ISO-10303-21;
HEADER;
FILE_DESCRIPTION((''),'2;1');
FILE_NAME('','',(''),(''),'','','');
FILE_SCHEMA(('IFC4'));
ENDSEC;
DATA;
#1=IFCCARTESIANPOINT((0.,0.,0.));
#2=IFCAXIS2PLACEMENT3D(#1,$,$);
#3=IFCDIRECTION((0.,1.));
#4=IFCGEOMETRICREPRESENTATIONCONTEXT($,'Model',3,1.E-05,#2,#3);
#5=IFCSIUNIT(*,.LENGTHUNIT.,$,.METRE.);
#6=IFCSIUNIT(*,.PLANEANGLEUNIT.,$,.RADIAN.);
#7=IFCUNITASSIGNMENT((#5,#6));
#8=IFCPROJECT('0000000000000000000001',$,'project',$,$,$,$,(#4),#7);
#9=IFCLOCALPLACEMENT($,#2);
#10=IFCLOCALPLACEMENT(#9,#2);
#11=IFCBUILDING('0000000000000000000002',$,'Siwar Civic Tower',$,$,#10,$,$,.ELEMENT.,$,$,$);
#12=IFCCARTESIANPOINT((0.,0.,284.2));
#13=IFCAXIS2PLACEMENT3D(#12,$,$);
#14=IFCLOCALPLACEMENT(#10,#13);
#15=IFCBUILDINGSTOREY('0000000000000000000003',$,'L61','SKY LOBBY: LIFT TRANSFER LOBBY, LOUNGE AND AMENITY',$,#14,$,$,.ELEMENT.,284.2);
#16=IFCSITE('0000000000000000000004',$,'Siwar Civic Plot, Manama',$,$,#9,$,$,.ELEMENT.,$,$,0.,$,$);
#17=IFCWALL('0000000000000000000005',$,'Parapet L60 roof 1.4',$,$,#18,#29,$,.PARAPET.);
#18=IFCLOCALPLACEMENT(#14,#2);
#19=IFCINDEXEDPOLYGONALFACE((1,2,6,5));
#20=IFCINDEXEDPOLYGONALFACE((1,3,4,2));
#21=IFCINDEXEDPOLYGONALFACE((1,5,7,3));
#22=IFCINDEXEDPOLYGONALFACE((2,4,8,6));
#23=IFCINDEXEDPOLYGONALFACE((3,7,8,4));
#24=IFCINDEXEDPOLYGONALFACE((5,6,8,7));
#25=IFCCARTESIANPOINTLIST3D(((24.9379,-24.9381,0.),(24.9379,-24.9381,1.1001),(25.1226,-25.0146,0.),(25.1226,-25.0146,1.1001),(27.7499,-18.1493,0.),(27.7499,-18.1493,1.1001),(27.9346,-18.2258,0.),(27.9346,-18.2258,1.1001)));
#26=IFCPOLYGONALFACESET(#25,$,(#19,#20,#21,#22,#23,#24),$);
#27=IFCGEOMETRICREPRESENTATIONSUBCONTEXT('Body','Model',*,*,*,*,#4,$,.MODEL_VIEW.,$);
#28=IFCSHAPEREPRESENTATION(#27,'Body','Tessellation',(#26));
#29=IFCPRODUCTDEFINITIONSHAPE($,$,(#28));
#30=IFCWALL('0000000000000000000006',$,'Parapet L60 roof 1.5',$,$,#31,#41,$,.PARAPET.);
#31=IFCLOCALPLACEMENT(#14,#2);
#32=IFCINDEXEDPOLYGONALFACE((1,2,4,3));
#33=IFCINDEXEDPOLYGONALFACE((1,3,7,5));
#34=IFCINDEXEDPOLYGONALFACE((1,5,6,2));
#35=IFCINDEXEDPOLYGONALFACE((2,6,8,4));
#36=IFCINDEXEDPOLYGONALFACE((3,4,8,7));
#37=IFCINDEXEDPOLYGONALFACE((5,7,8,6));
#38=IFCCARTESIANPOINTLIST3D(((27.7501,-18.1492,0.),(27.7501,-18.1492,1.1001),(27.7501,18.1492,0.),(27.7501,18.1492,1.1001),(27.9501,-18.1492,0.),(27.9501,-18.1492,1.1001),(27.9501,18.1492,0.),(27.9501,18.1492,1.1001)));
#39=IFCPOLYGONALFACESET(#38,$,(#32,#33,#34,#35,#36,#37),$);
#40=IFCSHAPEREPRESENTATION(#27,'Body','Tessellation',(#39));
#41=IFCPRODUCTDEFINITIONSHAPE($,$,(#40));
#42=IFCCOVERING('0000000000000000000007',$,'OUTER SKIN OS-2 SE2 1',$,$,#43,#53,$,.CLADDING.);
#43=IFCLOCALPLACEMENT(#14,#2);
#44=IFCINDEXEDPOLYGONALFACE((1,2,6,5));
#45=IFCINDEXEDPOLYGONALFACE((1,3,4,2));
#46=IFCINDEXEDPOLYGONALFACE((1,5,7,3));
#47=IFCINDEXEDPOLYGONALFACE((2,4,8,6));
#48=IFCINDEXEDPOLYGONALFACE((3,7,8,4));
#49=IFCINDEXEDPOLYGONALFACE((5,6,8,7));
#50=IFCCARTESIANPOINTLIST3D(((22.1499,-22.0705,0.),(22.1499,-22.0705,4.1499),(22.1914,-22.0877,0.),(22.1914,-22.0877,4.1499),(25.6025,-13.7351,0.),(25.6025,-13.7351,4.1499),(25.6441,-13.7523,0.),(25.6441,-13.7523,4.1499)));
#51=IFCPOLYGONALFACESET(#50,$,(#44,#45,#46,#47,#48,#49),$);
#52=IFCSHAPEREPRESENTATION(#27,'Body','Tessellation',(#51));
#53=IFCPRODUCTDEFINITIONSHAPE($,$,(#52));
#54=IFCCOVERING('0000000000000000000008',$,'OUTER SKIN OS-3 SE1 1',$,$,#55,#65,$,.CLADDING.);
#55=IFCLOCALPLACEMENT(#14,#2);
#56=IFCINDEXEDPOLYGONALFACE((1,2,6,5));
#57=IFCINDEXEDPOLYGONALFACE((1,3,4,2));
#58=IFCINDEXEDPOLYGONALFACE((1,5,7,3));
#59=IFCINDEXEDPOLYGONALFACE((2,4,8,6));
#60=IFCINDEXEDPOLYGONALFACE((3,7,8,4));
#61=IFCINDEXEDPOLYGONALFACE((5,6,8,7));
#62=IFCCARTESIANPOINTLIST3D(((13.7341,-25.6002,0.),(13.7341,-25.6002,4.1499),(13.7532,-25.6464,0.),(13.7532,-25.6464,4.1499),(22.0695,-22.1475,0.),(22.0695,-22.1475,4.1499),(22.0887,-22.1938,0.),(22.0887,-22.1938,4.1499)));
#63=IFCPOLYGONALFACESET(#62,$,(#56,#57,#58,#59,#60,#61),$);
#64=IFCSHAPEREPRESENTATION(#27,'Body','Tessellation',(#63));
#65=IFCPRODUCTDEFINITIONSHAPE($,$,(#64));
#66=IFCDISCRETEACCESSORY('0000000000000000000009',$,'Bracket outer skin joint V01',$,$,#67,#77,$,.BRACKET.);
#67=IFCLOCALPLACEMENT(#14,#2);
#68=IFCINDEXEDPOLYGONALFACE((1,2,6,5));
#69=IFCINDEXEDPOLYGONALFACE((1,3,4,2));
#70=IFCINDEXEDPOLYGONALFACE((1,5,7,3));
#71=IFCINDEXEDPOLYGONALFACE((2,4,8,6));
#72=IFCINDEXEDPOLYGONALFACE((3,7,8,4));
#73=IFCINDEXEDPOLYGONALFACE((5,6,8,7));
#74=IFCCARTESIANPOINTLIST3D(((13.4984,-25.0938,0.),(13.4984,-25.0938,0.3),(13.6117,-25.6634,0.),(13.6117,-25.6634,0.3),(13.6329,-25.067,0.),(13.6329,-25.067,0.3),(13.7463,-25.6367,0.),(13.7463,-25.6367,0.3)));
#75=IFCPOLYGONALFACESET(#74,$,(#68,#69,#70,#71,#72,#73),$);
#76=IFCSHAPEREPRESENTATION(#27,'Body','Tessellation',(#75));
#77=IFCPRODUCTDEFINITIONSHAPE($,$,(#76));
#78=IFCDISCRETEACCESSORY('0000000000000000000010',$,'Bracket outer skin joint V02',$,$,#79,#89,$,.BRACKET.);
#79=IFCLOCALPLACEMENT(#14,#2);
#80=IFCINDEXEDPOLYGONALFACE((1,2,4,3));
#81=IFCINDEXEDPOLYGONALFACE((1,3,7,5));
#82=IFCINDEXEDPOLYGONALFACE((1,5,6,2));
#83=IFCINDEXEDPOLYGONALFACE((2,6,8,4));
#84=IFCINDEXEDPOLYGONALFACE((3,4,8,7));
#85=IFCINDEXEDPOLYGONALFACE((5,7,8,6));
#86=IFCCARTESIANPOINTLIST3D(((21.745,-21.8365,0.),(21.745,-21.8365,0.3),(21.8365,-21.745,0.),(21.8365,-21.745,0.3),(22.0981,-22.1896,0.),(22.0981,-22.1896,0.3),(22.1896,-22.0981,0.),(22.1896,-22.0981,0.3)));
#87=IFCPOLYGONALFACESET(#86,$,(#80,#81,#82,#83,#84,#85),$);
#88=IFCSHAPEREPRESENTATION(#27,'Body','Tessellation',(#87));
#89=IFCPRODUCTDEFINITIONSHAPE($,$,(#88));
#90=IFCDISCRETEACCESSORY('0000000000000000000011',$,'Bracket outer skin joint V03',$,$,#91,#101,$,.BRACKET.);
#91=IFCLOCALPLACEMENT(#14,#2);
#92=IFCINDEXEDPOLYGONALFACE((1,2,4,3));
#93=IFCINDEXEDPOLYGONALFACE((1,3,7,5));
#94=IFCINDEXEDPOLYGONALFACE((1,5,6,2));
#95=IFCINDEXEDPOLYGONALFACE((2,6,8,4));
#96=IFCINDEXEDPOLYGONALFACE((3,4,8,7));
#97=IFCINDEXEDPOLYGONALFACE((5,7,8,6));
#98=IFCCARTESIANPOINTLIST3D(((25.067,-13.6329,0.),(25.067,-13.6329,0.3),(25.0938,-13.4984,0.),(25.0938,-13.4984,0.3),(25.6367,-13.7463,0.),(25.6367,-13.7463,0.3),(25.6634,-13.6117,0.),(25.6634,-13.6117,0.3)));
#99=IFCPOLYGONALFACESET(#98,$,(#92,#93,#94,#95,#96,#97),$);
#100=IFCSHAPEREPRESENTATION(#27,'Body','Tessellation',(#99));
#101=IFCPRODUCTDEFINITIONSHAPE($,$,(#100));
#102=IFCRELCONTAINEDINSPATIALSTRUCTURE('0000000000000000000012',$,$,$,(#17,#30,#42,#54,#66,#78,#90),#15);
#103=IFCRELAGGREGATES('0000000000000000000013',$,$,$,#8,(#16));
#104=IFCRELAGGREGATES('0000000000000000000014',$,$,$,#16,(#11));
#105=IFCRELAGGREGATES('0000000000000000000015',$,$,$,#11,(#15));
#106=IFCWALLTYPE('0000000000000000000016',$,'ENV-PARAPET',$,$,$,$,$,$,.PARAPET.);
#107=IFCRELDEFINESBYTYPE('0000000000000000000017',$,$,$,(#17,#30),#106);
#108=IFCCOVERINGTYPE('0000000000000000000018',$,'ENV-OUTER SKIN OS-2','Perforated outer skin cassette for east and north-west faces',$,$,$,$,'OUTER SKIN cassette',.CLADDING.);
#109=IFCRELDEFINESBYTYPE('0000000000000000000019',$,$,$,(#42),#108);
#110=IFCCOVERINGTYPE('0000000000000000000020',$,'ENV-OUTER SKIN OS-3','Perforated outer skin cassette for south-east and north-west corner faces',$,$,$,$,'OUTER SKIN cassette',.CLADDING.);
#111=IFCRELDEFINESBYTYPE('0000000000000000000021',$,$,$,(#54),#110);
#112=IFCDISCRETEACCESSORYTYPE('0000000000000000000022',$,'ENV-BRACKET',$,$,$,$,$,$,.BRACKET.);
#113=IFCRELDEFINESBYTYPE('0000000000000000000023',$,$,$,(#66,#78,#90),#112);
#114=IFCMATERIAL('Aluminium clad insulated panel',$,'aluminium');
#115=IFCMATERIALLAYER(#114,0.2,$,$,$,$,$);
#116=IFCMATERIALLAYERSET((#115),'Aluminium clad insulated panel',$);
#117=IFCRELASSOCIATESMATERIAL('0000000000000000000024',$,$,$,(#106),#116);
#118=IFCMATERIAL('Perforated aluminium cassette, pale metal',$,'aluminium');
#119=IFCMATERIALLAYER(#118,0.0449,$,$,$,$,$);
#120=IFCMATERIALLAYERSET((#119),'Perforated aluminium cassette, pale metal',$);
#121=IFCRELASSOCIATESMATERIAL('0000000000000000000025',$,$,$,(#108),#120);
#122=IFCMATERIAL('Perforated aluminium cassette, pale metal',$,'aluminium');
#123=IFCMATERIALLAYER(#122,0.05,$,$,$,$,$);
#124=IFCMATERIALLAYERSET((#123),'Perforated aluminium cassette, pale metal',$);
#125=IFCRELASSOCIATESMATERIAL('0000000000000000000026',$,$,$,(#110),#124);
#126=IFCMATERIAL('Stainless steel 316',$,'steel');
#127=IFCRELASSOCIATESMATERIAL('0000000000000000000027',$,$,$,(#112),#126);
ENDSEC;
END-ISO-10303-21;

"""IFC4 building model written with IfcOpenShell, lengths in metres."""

from ifc_helpers import new_model, si_unit, direction, frame, frame_2d, origin, origin_2d, place, context, subcontext, project, spatial, rectangle, extrude, material, layer, layer_set, type_object, element, save


model = new_model("IFC4")

# Units and contexts
model_context = context("Model", 3, precision=1e-05, world=origin(), true_north=direction((0.0, 1.0)))
body_context = subcontext(model_context, "Body", "Model", "MODEL_VIEW")
ifc_project = project(units=[si_unit("LENGTHUNIT", "METRE"), si_unit("PLANEANGLEUNIT", "RADIAN")], contexts=[model_context])

# Site, building, storey
site_placement = place(None, origin())
site = spatial("IfcSite", under=ifc_project, at=site_placement, Name="Siwar Civic Plot, Manama", CompositionType="ELEMENT", RefElevation=0.0)
building_placement = place(site_placement, origin())
building = spatial("IfcBuilding", under=site, at=building_placement, Name="Siwar Civic Tower", CompositionType="ELEMENT")
storey_placement = place(building_placement, frame((0.0, 0.0, 284.2)))
storey = spatial("IfcBuildingStorey", under=building, at=storey_placement, Name="L61", Description="SKY LOBBY: LIFT TRANSFER LOBBY, LOUNGE AND AMENITY", CompositionType="ELEMENT", Elevation=284.2)

# Walls
ifc_material_1 = material(Name="Aluminium clad insulated panel", Category="aluminium")
ifc_layer_1 = layer(ifc_material_1, 0.2)
ifc_layer_set_1 = layer_set([ifc_layer_1], Name="Aluminium clad insulated panel")
wall_type = type_object("IfcWallType", Name="ENV-PARAPET", PredefinedType="PARAPET", material=ifc_layer_set_1)
for number, where, z_axis, x_axis, name in (
    (1, (25.0303, -24.9763, 0.0), (0.0, 0.0, 1.0), (0.382682, 0.92388, 0.0), "Parapet L60 roof 1.4"),
):
    element("IfcWall", number, at=place(storey_placement, frame(where, z_axis=z_axis, x_axis=x_axis)), inside=storey, type_object=wall_type, Name=name, PredefinedType="PARAPET", context=body_context, shape_type="SweptSolid", body=[
        extrude(rectangle(XDim=7.3481, YDim=0.2, at=frame_2d((3.6741, 0.0))), origin(), (0.0, 0.0, 1.0), 1.1001),
    ])
wall_placement = place(storey_placement, frame((27.8501, -18.1492, 0.0), z_axis=(0.0, 0.0, 1.0), x_axis=(0.0, 1.0, 0.0)))
element("IfcWall", 2, at=wall_placement, inside=storey, type_object=wall_type, Name="Parapet L60 roof 1.5", PredefinedType="PARAPET", context=body_context, shape_type="SweptSolid", body=[
    extrude(rectangle(XDim=36.2983, YDim=0.2, at=frame_2d((18.1492, 0.0))), origin(), (0.0, 0.0, 1.0), 1.1001),
])

# Coverings
ifc_material_2 = material(Name="Perforated aluminium cassette, pale metal", Category="aluminium")
ifc_layer_2 = layer(ifc_material_2, 0.0449)
ifc_layer_set_2 = layer_set([ifc_layer_2], Name="Perforated aluminium cassette, pale metal")
covering_type_1 = type_object("IfcCoveringType", Name="ENV-OUTER SKIN OS-2", Description="Perforated outer skin cassette for east and north-west faces", ElementType="OUTER SKIN cassette", PredefinedType="CLADDING", material=ifc_layer_set_2)
covering_1_placement = place(storey_placement, frame((23.897, -17.9114, 0.0), z_axis=(0.0, 0.0, 1.0), x_axis=(0.382683, 0.92388, 0.0)))
element("IfcCovering", 3, at=covering_1_placement, inside=storey, type_object=covering_type_1, Name="OUTER SKIN OS-2 SE2 1", PredefinedType="CLADDING", context=body_context, shape_type="SweptSolid", body=[
    extrude(rectangle(XDim=9.0222, YDim=0.0449, at=origin_2d()), origin(), (0.0, 0.0, 1.0), 4.1499),
])
ifc_material_3 = material(Name="Perforated aluminium cassette, pale metal", Category="aluminium")
ifc_layer_3 = layer(ifc_material_3, 0.05)
ifc_layer_set_3 = layer_set([ifc_layer_3], Name="Perforated aluminium cassette, pale metal")
covering_type_2 = type_object("IfcCoveringType", Name="ENV-OUTER SKIN OS-3", Description="Perforated outer skin cassette for south-east and north-west corner faces", ElementType="OUTER SKIN cassette", PredefinedType="CLADDING", material=ifc_layer_set_3)
covering_2_placement = place(storey_placement, frame((17.9114, -23.897, 0.0), z_axis=(0.0, 0.0, 1.0), x_axis=(0.92388, 0.382683, 0.0)))
element("IfcCovering", 4, at=covering_2_placement, inside=storey, type_object=covering_type_2, Name="OUTER SKIN OS-3 SE1 1", PredefinedType="CLADDING", context=body_context, shape_type="SweptSolid", body=[
    extrude(rectangle(XDim=9.0222, YDim=0.05, at=origin_2d()), origin(), (0.0, 0.0, 1.0), 4.1499),
])

# Discrete accessories
ifc_material_4 = material(Name="Stainless steel 316", Category="steel")
discrete_accessory_type = type_object("IfcDiscreteAccessoryType", Name="ENV-BRACKET", PredefinedType="BRACKET", material=ifc_material_4)
discrete_accessory_1_placement = place(storey_placement, frame((13.6223, -25.3652, 0.0), z_axis=(0.0, 0.0, 1.0), x_axis=(0.19509, -0.980785, 0.0)))
element("IfcDiscreteAccessory", 5, at=discrete_accessory_1_placement, inside=storey, type_object=discrete_accessory_type, Name="Bracket outer skin joint V01", PredefinedType="BRACKET", context=body_context, shape_type="SweptSolid", body=[
    extrude(rectangle(XDim=0.5808, YDim=0.1372, at=origin_2d()), origin(), (0.0, 0.0, 1.0), 0.3),
])
discrete_accessory_2_placement = place(storey_placement, frame((21.9673, -21.9673, 0.0), z_axis=(0.0, 0.0, 1.0), x_axis=(0.707107, -0.707107, 0.0)))
element("IfcDiscreteAccessory", 6, at=discrete_accessory_2_placement, inside=storey, type_object=discrete_accessory_type, Name="Bracket outer skin joint V02", PredefinedType="BRACKET", context=body_context, shape_type="SweptSolid", body=[
    extrude(rectangle(XDim=0.4993, YDim=0.1294, at=origin_2d()), origin(), (0.0, 0.0, 1.0), 0.3),
])
discrete_accessory_3_placement = place(storey_placement, frame((25.3652, -13.6223, 0.0), z_axis=(0.0, 0.0, 1.0), x_axis=(0.980785, -0.19509, 0.0)))
element("IfcDiscreteAccessory", 7, at=discrete_accessory_3_placement, inside=storey, type_object=discrete_accessory_type, Name="Bracket outer skin joint V03", PredefinedType="BRACKET", context=body_context, shape_type="SweptSolid", body=[
    extrude(rectangle(XDim=0.5808, YDim=0.1372, at=origin_2d()), origin(), (0.0, 0.0, 1.0), 0.3),
])

save(model, "model.ifc")
